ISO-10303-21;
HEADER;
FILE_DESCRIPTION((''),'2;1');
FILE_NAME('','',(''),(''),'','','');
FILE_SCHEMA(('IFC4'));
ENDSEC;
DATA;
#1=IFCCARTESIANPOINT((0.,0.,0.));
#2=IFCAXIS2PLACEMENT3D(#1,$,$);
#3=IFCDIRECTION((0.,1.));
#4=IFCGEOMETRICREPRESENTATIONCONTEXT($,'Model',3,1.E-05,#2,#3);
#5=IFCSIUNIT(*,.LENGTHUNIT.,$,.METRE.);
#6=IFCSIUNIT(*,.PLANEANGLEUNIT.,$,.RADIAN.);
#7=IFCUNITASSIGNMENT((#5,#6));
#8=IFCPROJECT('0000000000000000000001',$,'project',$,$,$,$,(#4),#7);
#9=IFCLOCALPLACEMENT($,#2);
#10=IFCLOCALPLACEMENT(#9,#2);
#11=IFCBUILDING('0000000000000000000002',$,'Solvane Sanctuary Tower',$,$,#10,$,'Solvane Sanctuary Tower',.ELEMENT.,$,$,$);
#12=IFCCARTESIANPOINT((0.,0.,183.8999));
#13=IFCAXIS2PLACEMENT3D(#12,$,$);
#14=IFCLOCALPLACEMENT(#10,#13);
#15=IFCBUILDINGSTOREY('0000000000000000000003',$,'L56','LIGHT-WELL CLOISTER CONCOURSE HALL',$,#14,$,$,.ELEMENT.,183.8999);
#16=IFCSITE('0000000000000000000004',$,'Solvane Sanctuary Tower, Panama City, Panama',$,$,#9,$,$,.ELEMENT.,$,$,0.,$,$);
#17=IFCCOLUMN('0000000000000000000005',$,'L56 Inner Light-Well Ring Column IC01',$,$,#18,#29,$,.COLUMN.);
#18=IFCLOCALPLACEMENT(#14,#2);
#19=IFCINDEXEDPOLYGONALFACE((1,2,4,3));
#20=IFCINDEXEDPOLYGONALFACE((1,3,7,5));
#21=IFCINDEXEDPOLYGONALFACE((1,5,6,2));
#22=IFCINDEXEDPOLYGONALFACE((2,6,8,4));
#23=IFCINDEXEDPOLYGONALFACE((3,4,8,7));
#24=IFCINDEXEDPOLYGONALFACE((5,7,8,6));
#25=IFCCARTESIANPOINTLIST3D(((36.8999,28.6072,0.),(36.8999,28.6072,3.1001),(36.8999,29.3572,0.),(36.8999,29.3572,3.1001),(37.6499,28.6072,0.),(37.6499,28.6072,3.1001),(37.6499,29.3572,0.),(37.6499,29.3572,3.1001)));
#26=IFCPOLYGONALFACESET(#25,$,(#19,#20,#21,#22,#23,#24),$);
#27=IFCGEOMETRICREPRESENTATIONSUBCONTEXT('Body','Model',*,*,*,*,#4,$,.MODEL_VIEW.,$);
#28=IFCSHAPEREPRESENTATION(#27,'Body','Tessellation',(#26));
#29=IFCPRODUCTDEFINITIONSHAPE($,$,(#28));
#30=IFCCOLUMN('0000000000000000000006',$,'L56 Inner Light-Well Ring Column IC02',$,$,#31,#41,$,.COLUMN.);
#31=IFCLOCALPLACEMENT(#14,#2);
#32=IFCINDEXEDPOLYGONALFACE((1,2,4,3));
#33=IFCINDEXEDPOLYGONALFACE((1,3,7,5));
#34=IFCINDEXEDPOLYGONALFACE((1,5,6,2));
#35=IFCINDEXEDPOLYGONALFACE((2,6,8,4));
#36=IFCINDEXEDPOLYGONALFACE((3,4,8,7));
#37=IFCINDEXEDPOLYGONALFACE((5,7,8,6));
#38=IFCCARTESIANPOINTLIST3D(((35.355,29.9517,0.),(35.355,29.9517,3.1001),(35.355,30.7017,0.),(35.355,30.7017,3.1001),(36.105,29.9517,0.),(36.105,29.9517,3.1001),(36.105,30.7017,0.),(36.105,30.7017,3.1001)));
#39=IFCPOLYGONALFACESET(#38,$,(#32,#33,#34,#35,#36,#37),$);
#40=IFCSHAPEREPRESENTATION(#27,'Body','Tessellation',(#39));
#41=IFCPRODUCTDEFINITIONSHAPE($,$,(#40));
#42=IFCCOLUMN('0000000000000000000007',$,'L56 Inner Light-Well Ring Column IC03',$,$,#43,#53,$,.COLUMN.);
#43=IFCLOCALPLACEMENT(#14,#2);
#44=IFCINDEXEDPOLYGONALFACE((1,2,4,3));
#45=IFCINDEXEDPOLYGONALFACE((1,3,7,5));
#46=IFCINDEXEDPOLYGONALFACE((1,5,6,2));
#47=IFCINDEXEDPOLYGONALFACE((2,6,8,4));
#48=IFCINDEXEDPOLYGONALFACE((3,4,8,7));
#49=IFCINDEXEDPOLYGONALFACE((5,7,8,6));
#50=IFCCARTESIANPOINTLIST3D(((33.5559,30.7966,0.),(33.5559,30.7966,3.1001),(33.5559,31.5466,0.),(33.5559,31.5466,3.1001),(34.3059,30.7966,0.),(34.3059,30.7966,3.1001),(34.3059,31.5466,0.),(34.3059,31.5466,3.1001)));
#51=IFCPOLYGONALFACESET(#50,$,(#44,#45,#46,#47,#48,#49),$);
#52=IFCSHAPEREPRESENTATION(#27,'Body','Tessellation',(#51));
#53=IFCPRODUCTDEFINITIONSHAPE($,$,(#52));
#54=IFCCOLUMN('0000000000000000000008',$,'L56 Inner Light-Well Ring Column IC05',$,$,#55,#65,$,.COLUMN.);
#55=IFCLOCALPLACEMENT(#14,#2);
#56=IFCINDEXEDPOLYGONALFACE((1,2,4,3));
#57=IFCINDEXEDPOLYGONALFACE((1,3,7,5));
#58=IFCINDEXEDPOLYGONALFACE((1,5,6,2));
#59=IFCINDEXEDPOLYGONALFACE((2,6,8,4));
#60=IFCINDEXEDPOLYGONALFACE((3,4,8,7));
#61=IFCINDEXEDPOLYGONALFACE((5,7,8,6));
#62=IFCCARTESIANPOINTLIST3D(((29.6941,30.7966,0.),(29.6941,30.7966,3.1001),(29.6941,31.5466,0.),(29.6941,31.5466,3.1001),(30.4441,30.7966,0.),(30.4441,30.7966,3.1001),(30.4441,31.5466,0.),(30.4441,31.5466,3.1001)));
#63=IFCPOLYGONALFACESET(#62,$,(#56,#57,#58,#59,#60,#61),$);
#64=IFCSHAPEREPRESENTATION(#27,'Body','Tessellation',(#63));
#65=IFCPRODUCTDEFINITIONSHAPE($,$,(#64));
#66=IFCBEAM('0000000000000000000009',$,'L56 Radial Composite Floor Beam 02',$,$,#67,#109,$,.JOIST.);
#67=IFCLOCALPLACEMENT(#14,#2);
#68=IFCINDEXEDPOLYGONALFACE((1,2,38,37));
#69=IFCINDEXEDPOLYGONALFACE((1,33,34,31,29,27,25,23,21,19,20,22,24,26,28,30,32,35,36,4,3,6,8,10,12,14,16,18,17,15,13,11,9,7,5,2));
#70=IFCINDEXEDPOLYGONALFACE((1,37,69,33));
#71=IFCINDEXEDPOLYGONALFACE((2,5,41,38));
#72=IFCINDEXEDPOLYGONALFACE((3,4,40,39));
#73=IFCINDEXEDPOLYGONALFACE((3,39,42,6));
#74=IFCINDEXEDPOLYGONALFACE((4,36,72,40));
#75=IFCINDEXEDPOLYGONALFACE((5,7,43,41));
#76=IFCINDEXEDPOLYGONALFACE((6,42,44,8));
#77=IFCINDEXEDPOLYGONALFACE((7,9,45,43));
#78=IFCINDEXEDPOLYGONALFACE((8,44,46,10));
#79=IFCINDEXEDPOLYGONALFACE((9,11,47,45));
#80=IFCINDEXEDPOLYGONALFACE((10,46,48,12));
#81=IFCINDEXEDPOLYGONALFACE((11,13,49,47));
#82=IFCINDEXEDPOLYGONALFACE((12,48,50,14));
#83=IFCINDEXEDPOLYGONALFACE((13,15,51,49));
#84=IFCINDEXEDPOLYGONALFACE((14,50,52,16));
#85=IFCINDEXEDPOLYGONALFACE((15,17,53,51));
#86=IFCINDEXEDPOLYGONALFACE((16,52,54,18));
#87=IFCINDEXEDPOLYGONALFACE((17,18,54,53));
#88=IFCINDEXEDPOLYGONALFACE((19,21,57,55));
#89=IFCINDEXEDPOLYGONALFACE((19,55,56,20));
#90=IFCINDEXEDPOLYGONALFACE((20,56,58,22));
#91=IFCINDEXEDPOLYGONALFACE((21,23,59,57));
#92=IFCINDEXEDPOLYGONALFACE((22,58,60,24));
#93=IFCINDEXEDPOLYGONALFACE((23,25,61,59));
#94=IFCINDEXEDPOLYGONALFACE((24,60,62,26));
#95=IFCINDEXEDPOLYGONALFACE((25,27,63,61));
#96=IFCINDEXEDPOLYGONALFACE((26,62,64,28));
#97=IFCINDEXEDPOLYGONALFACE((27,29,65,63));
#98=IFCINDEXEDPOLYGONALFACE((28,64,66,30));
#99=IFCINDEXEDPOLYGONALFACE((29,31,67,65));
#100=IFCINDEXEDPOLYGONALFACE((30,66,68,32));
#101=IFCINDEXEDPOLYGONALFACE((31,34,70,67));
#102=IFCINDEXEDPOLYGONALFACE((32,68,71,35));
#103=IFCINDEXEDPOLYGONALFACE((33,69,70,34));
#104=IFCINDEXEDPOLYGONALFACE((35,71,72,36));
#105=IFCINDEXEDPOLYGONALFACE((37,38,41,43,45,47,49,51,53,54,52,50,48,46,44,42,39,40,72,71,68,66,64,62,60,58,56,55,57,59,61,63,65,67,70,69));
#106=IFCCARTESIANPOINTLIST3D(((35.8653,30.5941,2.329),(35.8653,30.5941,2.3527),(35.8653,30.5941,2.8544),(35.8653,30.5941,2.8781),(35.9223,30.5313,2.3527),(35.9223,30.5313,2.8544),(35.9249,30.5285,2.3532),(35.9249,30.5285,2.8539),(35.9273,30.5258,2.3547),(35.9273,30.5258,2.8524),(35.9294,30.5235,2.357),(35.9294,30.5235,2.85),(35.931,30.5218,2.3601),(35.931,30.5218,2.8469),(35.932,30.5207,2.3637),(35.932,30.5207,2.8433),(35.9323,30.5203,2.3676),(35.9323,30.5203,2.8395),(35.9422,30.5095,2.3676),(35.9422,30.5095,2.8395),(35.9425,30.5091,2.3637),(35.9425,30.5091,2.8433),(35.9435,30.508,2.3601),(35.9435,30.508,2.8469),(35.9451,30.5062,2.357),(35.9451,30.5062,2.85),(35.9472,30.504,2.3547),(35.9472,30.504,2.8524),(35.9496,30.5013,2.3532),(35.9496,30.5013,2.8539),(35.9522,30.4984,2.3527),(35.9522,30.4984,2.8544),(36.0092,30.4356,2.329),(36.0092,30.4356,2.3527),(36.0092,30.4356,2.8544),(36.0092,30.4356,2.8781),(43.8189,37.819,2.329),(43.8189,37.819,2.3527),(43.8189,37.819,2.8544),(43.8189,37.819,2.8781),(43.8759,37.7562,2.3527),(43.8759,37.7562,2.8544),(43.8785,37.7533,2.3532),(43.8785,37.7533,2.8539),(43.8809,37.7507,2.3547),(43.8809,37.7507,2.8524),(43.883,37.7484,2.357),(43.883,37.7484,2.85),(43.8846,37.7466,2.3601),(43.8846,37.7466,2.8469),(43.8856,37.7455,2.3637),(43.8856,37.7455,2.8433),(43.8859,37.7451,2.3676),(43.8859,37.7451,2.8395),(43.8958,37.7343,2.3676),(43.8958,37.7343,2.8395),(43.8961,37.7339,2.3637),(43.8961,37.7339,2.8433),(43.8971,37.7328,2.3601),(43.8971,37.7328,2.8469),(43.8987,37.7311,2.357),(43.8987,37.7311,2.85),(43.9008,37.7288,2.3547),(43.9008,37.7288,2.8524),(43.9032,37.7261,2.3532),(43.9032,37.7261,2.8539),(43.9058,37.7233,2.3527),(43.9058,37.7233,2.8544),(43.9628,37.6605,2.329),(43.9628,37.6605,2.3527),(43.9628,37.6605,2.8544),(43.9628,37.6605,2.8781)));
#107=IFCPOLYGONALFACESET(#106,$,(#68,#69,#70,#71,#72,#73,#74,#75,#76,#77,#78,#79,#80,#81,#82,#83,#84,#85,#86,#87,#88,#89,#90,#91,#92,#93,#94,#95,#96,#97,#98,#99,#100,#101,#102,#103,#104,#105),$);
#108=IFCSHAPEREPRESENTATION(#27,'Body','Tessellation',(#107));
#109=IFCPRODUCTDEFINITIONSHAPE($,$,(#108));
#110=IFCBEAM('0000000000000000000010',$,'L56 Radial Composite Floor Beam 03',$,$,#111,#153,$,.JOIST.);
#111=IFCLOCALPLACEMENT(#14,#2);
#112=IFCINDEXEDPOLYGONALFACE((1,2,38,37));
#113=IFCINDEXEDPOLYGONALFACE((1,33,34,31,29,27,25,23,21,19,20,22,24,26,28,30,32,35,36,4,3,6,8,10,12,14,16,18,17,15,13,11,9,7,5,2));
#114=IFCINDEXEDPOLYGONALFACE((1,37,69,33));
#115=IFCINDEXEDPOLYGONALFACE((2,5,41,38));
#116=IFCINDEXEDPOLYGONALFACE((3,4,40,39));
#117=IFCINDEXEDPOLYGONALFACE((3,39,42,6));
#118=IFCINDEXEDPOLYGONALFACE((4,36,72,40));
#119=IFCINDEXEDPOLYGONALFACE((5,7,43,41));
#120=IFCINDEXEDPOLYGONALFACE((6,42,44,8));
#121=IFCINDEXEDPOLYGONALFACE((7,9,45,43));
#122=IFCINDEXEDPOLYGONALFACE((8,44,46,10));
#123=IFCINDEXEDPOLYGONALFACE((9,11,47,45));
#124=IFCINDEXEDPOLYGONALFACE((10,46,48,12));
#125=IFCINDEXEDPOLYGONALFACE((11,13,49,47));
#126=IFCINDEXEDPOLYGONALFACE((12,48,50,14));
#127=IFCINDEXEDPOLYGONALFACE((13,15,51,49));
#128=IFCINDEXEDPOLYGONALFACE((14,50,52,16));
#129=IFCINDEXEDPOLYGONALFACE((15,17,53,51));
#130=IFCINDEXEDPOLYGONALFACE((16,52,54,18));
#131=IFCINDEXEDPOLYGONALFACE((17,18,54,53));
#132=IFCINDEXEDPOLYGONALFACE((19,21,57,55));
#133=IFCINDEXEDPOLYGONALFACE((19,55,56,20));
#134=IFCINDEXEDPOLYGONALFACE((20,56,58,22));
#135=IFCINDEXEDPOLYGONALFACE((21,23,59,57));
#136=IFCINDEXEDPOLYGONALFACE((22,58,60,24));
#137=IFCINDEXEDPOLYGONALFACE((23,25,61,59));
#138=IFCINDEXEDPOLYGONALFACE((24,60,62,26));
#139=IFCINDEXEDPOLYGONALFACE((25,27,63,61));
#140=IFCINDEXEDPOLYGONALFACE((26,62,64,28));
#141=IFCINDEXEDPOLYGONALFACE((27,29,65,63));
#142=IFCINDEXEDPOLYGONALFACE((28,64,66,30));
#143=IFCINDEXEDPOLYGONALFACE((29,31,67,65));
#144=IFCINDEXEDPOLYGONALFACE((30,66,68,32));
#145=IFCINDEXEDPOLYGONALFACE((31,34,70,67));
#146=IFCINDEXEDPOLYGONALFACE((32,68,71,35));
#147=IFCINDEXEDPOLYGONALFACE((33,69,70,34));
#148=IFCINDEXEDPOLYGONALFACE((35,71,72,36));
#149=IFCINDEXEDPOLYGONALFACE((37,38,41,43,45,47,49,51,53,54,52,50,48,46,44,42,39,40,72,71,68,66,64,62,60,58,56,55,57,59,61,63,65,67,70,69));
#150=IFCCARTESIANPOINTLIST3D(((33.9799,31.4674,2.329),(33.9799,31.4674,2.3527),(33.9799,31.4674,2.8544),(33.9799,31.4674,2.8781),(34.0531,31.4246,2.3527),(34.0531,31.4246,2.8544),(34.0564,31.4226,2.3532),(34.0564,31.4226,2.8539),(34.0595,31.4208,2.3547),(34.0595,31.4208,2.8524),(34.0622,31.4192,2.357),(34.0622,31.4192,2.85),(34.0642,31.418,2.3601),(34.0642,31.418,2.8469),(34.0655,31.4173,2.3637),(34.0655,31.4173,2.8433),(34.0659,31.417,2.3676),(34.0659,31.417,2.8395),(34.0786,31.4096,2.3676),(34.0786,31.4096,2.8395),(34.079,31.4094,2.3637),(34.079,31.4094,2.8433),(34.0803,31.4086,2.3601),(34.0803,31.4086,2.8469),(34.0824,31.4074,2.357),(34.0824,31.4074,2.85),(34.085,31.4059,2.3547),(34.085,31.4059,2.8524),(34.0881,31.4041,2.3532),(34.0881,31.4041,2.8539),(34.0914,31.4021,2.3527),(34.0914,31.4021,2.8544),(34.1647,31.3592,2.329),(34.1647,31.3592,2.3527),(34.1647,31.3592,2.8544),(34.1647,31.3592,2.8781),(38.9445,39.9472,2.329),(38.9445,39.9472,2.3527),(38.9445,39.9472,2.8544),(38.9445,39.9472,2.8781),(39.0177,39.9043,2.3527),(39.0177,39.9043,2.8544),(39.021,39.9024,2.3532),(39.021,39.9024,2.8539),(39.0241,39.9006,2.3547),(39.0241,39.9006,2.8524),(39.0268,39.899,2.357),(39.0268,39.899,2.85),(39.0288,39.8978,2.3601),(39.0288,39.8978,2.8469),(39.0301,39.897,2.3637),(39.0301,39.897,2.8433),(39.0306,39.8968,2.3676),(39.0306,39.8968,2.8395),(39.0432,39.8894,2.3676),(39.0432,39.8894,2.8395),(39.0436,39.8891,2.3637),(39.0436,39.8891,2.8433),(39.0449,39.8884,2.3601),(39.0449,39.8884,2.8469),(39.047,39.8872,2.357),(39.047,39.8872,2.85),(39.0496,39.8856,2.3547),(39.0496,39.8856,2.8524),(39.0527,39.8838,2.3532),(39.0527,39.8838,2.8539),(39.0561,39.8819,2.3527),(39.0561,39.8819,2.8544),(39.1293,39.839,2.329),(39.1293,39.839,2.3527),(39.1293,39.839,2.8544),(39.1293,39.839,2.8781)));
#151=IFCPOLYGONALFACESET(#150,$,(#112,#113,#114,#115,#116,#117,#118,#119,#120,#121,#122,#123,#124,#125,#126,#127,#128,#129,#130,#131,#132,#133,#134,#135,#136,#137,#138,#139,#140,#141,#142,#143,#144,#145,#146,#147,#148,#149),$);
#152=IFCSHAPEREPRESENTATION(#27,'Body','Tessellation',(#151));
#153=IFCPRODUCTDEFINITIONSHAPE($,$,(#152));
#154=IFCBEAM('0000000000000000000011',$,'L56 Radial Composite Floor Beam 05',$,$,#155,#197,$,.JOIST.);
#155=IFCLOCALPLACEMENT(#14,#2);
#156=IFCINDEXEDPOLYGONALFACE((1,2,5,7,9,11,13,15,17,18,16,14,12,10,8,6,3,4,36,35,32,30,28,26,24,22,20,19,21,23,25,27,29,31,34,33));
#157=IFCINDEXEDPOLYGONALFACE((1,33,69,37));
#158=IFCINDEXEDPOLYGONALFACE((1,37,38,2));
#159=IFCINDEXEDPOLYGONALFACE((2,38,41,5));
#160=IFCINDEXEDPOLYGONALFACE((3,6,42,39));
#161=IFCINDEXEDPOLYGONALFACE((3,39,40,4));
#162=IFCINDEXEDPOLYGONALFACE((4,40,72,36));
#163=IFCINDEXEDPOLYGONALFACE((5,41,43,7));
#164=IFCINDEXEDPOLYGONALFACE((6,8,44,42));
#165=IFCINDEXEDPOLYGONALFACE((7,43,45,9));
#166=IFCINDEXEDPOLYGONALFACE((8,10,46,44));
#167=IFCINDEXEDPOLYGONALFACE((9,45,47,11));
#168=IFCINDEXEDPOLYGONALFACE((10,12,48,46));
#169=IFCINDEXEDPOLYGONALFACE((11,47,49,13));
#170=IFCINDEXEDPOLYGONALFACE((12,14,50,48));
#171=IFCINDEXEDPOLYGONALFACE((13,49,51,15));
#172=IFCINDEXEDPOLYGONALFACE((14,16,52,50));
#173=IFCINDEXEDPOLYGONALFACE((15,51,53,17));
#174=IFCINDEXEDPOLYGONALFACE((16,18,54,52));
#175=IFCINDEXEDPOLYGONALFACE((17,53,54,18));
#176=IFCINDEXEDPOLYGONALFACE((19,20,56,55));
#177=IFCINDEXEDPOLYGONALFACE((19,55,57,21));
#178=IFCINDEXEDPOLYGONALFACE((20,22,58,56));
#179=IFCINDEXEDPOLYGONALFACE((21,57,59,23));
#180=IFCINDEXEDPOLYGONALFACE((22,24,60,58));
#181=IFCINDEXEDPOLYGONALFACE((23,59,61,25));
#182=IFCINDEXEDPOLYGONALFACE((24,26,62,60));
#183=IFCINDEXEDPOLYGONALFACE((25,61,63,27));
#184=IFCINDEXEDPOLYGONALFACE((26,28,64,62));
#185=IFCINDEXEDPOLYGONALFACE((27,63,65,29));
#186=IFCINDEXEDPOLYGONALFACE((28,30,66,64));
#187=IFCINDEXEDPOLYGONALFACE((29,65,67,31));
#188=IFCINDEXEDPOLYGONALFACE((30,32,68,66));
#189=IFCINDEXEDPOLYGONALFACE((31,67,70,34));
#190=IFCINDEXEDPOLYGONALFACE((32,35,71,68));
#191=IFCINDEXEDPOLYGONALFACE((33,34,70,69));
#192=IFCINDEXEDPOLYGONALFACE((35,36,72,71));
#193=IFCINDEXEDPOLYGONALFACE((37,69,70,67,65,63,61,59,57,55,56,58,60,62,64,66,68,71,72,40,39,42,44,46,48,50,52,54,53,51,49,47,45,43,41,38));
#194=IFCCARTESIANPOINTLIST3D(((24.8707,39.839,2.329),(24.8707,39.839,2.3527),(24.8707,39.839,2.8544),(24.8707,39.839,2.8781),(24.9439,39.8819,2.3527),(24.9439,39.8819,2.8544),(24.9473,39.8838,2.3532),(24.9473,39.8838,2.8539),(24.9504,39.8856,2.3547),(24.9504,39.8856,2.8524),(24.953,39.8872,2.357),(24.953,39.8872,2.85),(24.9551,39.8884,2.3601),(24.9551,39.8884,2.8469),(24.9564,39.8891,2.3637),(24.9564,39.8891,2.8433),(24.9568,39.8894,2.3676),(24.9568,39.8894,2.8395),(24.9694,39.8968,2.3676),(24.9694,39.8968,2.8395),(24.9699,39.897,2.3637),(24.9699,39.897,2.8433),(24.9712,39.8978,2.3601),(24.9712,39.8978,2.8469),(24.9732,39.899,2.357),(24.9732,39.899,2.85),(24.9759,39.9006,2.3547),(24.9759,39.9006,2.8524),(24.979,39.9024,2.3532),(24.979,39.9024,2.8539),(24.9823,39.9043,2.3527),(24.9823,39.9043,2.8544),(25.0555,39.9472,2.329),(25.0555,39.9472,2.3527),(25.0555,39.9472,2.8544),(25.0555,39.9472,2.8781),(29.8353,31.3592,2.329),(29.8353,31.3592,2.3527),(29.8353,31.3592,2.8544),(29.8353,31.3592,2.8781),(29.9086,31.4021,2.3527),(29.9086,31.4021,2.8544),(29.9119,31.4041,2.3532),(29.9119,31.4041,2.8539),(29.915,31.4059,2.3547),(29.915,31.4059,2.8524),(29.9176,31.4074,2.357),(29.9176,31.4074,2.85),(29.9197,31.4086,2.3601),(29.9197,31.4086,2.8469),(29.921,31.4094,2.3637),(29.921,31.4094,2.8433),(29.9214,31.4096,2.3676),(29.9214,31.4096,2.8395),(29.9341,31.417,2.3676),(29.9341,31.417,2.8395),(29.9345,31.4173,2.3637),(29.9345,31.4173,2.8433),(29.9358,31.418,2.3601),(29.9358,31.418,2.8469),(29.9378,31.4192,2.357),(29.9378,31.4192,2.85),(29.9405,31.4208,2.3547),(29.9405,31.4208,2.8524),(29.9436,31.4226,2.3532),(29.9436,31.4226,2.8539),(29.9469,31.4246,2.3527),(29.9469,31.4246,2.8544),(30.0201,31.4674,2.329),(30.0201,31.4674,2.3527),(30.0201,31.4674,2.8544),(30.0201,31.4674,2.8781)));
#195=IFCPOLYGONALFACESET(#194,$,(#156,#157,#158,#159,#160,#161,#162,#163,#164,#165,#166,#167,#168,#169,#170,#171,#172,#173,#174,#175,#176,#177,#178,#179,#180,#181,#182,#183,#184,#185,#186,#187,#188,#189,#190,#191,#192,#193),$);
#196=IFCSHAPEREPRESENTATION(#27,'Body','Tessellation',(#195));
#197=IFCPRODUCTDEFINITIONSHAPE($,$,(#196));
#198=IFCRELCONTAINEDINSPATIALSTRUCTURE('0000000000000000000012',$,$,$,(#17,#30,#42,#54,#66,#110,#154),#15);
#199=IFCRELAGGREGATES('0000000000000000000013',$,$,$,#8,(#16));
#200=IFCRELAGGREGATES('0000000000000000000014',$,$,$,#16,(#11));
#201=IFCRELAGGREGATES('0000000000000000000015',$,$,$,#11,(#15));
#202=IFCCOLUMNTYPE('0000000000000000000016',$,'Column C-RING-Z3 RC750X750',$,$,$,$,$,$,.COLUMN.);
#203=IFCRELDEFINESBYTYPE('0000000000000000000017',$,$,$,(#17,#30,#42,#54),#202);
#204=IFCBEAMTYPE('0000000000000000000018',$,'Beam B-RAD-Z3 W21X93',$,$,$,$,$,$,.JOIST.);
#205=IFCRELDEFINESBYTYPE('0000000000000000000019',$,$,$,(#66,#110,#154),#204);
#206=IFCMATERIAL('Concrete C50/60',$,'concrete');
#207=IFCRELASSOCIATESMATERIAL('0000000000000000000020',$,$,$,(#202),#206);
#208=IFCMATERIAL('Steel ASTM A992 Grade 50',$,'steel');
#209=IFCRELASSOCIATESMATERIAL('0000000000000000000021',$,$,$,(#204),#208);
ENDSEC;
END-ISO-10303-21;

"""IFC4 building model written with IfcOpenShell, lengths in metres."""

from ifc_helpers import new_model, si_unit, direction, frame, origin, origin_2d, place, context, subcontext, project, spatial, rectangle, i_section, extrude, material, material_profile, profile_set, type_object, element, save


model = new_model("IFC4")

# Units and contexts
model_context = context("Model", 3, precision=1e-05, world=origin(), true_north=direction((0.0, 1.0)))
body_context = subcontext(model_context, "Body", "Model", "MODEL_VIEW")
ifc_project = project(units=[si_unit("LENGTHUNIT", "METRE"), si_unit("PLANEANGLEUNIT", "RADIAN")], contexts=[model_context])

# Site, building, storey
site_placement = place(None, origin())
site = spatial("IfcSite", under=ifc_project, at=site_placement, Name="Solvane Sanctuary Tower, Panama City, Panama", CompositionType="ELEMENT", RefElevation=0.0)
building_placement = place(site_placement, origin())
building = spatial("IfcBuilding", under=site, at=building_placement, Name="Solvane Sanctuary Tower", LongName="Solvane Sanctuary Tower", CompositionType="ELEMENT")
storey_placement = place(building_placement, frame((0.0, 0.0, 183.8999)))
storey = spatial("IfcBuildingStorey", under=building, at=storey_placement, Name="L56", Description="LIGHT-WELL CLOISTER CONCOURSE HALL", CompositionType="ELEMENT", Elevation=183.8999)

# Columns
ifc_material_1 = material(Name="Concrete C50/60", Category="concrete")
ifc_material_profile_1 = material_profile(ifc_material_1, rectangle(XDim=0.75, YDim=0.75, at=origin_2d()), Name="RC750X750")
ifc_profile_set_1 = profile_set([ifc_material_profile_1], Name="Concrete C50/60")
column_type = type_object("IfcColumnType", Name="Column C-RING-Z3 RC750X750", PredefinedType="COLUMN", material=ifc_profile_set_1)
for number, where, z_axis, x_axis, name in (
    (1, (37.2749, 28.9822, 0.0), (0.0, 0.0, 1.0), (1.0, 0.0, 0.0), "L56 Inner Light-Well Ring Column IC01"),
    (2, (35.73, 30.3267, 0.0), (0.0, 0.0, 1.0), (1.0, 0.0, 0.0), "L56 Inner Light-Well Ring Column IC02"),
    (3, (33.9309, 31.1716, 0.0), (0.0, 0.0, 1.0), (1.0, 0.0, 0.0), "L56 Inner Light-Well Ring Column IC03"),
    (4, (30.0691, 31.1716, 0.0), (0.0, 0.0, 1.0), (1.0, 0.0, 0.0), "L56 Inner Light-Well Ring Column IC05"),
):
    element("IfcColumn", number, at=place(storey_placement, frame(where, z_axis=z_axis, x_axis=x_axis)), inside=storey, type_object=column_type, Name=name, PredefinedType="COLUMN", context=body_context, shape_type="SweptSolid", body=[
        extrude(rectangle(XDim=0.75, YDim=0.75, at=origin_2d()), origin(), (0.0, 0.0, 1.0), 3.1001),
    ])

# Beams
ifc_material_2 = material(Name="Steel ASTM A992 Grade 50", Category="steel")
ifc_material_profile_2 = material_profile(ifc_material_2, i_section(OverallWidth=0.2141, OverallDepth=0.5491, WebThickness=0.0146, FlangeThickness=0.0237, FilletRadius=0.0149, at=origin_2d()), Name="W21X93")
ifc_profile_set_2 = profile_set([ifc_material_profile_2], Name="Steel ASTM A992 Grade 50")
beam_type_1 = type_object("IfcBeamType", Name="Beam B-RAD-Z3 W21X93", PredefinedType="JOIST", material=ifc_profile_set_2)
beam_1_placement = place(storey_placement, frame((35.9373, 30.5149, 2.6035), z_axis=(0.740204, 0.672382, 0.0), x_axis=(-0.672382, 0.740204, 0.0)))
element("IfcBeam", 5, at=beam_1_placement, inside=storey, type_object=beam_type_1, Name="L56 Radial Composite Floor Beam 02", PredefinedType="JOIST", context=body_context, shape_type="SweptSolid", body=[
    extrude(i_section(OverallWidth=0.2141, OverallDepth=0.5491, WebThickness=0.0146, FlangeThickness=0.0237, FilletRadius=0.0149, at=origin_2d()), origin(), (0.0, 0.0, 1.0), 10.7451),
])
for number, where, z_axis, x_axis, name in (
    (6, (34.0723, 31.4133, 2.6035), (0.505244, 0.862977, 0.0), (-0.862977, 0.505244, 0.0), "L56 Radial Composite Floor Beam 03"),
    (7, (29.9277, 31.4133, 2.6035), (-0.505244, 0.862977, 0.0), (-0.862977, -0.505244, 0.0), "L56 Radial Composite Floor Beam 05"),
):
    element("IfcBeam", number, at=place(storey_placement, frame(where, z_axis=z_axis, x_axis=x_axis)), inside=storey, type_object=beam_type_1, Name=name, PredefinedType="JOIST", context=body_context, shape_type="SweptSolid", body=[
        extrude(i_section(OverallWidth=0.2141, OverallDepth=0.5491, WebThickness=0.0146, FlangeThickness=0.0237, FilletRadius=0.0149, at=origin_2d()), origin(), (0.0, 0.0, 1.0), 9.8262),
    ])

save(model, "model.ifc")
